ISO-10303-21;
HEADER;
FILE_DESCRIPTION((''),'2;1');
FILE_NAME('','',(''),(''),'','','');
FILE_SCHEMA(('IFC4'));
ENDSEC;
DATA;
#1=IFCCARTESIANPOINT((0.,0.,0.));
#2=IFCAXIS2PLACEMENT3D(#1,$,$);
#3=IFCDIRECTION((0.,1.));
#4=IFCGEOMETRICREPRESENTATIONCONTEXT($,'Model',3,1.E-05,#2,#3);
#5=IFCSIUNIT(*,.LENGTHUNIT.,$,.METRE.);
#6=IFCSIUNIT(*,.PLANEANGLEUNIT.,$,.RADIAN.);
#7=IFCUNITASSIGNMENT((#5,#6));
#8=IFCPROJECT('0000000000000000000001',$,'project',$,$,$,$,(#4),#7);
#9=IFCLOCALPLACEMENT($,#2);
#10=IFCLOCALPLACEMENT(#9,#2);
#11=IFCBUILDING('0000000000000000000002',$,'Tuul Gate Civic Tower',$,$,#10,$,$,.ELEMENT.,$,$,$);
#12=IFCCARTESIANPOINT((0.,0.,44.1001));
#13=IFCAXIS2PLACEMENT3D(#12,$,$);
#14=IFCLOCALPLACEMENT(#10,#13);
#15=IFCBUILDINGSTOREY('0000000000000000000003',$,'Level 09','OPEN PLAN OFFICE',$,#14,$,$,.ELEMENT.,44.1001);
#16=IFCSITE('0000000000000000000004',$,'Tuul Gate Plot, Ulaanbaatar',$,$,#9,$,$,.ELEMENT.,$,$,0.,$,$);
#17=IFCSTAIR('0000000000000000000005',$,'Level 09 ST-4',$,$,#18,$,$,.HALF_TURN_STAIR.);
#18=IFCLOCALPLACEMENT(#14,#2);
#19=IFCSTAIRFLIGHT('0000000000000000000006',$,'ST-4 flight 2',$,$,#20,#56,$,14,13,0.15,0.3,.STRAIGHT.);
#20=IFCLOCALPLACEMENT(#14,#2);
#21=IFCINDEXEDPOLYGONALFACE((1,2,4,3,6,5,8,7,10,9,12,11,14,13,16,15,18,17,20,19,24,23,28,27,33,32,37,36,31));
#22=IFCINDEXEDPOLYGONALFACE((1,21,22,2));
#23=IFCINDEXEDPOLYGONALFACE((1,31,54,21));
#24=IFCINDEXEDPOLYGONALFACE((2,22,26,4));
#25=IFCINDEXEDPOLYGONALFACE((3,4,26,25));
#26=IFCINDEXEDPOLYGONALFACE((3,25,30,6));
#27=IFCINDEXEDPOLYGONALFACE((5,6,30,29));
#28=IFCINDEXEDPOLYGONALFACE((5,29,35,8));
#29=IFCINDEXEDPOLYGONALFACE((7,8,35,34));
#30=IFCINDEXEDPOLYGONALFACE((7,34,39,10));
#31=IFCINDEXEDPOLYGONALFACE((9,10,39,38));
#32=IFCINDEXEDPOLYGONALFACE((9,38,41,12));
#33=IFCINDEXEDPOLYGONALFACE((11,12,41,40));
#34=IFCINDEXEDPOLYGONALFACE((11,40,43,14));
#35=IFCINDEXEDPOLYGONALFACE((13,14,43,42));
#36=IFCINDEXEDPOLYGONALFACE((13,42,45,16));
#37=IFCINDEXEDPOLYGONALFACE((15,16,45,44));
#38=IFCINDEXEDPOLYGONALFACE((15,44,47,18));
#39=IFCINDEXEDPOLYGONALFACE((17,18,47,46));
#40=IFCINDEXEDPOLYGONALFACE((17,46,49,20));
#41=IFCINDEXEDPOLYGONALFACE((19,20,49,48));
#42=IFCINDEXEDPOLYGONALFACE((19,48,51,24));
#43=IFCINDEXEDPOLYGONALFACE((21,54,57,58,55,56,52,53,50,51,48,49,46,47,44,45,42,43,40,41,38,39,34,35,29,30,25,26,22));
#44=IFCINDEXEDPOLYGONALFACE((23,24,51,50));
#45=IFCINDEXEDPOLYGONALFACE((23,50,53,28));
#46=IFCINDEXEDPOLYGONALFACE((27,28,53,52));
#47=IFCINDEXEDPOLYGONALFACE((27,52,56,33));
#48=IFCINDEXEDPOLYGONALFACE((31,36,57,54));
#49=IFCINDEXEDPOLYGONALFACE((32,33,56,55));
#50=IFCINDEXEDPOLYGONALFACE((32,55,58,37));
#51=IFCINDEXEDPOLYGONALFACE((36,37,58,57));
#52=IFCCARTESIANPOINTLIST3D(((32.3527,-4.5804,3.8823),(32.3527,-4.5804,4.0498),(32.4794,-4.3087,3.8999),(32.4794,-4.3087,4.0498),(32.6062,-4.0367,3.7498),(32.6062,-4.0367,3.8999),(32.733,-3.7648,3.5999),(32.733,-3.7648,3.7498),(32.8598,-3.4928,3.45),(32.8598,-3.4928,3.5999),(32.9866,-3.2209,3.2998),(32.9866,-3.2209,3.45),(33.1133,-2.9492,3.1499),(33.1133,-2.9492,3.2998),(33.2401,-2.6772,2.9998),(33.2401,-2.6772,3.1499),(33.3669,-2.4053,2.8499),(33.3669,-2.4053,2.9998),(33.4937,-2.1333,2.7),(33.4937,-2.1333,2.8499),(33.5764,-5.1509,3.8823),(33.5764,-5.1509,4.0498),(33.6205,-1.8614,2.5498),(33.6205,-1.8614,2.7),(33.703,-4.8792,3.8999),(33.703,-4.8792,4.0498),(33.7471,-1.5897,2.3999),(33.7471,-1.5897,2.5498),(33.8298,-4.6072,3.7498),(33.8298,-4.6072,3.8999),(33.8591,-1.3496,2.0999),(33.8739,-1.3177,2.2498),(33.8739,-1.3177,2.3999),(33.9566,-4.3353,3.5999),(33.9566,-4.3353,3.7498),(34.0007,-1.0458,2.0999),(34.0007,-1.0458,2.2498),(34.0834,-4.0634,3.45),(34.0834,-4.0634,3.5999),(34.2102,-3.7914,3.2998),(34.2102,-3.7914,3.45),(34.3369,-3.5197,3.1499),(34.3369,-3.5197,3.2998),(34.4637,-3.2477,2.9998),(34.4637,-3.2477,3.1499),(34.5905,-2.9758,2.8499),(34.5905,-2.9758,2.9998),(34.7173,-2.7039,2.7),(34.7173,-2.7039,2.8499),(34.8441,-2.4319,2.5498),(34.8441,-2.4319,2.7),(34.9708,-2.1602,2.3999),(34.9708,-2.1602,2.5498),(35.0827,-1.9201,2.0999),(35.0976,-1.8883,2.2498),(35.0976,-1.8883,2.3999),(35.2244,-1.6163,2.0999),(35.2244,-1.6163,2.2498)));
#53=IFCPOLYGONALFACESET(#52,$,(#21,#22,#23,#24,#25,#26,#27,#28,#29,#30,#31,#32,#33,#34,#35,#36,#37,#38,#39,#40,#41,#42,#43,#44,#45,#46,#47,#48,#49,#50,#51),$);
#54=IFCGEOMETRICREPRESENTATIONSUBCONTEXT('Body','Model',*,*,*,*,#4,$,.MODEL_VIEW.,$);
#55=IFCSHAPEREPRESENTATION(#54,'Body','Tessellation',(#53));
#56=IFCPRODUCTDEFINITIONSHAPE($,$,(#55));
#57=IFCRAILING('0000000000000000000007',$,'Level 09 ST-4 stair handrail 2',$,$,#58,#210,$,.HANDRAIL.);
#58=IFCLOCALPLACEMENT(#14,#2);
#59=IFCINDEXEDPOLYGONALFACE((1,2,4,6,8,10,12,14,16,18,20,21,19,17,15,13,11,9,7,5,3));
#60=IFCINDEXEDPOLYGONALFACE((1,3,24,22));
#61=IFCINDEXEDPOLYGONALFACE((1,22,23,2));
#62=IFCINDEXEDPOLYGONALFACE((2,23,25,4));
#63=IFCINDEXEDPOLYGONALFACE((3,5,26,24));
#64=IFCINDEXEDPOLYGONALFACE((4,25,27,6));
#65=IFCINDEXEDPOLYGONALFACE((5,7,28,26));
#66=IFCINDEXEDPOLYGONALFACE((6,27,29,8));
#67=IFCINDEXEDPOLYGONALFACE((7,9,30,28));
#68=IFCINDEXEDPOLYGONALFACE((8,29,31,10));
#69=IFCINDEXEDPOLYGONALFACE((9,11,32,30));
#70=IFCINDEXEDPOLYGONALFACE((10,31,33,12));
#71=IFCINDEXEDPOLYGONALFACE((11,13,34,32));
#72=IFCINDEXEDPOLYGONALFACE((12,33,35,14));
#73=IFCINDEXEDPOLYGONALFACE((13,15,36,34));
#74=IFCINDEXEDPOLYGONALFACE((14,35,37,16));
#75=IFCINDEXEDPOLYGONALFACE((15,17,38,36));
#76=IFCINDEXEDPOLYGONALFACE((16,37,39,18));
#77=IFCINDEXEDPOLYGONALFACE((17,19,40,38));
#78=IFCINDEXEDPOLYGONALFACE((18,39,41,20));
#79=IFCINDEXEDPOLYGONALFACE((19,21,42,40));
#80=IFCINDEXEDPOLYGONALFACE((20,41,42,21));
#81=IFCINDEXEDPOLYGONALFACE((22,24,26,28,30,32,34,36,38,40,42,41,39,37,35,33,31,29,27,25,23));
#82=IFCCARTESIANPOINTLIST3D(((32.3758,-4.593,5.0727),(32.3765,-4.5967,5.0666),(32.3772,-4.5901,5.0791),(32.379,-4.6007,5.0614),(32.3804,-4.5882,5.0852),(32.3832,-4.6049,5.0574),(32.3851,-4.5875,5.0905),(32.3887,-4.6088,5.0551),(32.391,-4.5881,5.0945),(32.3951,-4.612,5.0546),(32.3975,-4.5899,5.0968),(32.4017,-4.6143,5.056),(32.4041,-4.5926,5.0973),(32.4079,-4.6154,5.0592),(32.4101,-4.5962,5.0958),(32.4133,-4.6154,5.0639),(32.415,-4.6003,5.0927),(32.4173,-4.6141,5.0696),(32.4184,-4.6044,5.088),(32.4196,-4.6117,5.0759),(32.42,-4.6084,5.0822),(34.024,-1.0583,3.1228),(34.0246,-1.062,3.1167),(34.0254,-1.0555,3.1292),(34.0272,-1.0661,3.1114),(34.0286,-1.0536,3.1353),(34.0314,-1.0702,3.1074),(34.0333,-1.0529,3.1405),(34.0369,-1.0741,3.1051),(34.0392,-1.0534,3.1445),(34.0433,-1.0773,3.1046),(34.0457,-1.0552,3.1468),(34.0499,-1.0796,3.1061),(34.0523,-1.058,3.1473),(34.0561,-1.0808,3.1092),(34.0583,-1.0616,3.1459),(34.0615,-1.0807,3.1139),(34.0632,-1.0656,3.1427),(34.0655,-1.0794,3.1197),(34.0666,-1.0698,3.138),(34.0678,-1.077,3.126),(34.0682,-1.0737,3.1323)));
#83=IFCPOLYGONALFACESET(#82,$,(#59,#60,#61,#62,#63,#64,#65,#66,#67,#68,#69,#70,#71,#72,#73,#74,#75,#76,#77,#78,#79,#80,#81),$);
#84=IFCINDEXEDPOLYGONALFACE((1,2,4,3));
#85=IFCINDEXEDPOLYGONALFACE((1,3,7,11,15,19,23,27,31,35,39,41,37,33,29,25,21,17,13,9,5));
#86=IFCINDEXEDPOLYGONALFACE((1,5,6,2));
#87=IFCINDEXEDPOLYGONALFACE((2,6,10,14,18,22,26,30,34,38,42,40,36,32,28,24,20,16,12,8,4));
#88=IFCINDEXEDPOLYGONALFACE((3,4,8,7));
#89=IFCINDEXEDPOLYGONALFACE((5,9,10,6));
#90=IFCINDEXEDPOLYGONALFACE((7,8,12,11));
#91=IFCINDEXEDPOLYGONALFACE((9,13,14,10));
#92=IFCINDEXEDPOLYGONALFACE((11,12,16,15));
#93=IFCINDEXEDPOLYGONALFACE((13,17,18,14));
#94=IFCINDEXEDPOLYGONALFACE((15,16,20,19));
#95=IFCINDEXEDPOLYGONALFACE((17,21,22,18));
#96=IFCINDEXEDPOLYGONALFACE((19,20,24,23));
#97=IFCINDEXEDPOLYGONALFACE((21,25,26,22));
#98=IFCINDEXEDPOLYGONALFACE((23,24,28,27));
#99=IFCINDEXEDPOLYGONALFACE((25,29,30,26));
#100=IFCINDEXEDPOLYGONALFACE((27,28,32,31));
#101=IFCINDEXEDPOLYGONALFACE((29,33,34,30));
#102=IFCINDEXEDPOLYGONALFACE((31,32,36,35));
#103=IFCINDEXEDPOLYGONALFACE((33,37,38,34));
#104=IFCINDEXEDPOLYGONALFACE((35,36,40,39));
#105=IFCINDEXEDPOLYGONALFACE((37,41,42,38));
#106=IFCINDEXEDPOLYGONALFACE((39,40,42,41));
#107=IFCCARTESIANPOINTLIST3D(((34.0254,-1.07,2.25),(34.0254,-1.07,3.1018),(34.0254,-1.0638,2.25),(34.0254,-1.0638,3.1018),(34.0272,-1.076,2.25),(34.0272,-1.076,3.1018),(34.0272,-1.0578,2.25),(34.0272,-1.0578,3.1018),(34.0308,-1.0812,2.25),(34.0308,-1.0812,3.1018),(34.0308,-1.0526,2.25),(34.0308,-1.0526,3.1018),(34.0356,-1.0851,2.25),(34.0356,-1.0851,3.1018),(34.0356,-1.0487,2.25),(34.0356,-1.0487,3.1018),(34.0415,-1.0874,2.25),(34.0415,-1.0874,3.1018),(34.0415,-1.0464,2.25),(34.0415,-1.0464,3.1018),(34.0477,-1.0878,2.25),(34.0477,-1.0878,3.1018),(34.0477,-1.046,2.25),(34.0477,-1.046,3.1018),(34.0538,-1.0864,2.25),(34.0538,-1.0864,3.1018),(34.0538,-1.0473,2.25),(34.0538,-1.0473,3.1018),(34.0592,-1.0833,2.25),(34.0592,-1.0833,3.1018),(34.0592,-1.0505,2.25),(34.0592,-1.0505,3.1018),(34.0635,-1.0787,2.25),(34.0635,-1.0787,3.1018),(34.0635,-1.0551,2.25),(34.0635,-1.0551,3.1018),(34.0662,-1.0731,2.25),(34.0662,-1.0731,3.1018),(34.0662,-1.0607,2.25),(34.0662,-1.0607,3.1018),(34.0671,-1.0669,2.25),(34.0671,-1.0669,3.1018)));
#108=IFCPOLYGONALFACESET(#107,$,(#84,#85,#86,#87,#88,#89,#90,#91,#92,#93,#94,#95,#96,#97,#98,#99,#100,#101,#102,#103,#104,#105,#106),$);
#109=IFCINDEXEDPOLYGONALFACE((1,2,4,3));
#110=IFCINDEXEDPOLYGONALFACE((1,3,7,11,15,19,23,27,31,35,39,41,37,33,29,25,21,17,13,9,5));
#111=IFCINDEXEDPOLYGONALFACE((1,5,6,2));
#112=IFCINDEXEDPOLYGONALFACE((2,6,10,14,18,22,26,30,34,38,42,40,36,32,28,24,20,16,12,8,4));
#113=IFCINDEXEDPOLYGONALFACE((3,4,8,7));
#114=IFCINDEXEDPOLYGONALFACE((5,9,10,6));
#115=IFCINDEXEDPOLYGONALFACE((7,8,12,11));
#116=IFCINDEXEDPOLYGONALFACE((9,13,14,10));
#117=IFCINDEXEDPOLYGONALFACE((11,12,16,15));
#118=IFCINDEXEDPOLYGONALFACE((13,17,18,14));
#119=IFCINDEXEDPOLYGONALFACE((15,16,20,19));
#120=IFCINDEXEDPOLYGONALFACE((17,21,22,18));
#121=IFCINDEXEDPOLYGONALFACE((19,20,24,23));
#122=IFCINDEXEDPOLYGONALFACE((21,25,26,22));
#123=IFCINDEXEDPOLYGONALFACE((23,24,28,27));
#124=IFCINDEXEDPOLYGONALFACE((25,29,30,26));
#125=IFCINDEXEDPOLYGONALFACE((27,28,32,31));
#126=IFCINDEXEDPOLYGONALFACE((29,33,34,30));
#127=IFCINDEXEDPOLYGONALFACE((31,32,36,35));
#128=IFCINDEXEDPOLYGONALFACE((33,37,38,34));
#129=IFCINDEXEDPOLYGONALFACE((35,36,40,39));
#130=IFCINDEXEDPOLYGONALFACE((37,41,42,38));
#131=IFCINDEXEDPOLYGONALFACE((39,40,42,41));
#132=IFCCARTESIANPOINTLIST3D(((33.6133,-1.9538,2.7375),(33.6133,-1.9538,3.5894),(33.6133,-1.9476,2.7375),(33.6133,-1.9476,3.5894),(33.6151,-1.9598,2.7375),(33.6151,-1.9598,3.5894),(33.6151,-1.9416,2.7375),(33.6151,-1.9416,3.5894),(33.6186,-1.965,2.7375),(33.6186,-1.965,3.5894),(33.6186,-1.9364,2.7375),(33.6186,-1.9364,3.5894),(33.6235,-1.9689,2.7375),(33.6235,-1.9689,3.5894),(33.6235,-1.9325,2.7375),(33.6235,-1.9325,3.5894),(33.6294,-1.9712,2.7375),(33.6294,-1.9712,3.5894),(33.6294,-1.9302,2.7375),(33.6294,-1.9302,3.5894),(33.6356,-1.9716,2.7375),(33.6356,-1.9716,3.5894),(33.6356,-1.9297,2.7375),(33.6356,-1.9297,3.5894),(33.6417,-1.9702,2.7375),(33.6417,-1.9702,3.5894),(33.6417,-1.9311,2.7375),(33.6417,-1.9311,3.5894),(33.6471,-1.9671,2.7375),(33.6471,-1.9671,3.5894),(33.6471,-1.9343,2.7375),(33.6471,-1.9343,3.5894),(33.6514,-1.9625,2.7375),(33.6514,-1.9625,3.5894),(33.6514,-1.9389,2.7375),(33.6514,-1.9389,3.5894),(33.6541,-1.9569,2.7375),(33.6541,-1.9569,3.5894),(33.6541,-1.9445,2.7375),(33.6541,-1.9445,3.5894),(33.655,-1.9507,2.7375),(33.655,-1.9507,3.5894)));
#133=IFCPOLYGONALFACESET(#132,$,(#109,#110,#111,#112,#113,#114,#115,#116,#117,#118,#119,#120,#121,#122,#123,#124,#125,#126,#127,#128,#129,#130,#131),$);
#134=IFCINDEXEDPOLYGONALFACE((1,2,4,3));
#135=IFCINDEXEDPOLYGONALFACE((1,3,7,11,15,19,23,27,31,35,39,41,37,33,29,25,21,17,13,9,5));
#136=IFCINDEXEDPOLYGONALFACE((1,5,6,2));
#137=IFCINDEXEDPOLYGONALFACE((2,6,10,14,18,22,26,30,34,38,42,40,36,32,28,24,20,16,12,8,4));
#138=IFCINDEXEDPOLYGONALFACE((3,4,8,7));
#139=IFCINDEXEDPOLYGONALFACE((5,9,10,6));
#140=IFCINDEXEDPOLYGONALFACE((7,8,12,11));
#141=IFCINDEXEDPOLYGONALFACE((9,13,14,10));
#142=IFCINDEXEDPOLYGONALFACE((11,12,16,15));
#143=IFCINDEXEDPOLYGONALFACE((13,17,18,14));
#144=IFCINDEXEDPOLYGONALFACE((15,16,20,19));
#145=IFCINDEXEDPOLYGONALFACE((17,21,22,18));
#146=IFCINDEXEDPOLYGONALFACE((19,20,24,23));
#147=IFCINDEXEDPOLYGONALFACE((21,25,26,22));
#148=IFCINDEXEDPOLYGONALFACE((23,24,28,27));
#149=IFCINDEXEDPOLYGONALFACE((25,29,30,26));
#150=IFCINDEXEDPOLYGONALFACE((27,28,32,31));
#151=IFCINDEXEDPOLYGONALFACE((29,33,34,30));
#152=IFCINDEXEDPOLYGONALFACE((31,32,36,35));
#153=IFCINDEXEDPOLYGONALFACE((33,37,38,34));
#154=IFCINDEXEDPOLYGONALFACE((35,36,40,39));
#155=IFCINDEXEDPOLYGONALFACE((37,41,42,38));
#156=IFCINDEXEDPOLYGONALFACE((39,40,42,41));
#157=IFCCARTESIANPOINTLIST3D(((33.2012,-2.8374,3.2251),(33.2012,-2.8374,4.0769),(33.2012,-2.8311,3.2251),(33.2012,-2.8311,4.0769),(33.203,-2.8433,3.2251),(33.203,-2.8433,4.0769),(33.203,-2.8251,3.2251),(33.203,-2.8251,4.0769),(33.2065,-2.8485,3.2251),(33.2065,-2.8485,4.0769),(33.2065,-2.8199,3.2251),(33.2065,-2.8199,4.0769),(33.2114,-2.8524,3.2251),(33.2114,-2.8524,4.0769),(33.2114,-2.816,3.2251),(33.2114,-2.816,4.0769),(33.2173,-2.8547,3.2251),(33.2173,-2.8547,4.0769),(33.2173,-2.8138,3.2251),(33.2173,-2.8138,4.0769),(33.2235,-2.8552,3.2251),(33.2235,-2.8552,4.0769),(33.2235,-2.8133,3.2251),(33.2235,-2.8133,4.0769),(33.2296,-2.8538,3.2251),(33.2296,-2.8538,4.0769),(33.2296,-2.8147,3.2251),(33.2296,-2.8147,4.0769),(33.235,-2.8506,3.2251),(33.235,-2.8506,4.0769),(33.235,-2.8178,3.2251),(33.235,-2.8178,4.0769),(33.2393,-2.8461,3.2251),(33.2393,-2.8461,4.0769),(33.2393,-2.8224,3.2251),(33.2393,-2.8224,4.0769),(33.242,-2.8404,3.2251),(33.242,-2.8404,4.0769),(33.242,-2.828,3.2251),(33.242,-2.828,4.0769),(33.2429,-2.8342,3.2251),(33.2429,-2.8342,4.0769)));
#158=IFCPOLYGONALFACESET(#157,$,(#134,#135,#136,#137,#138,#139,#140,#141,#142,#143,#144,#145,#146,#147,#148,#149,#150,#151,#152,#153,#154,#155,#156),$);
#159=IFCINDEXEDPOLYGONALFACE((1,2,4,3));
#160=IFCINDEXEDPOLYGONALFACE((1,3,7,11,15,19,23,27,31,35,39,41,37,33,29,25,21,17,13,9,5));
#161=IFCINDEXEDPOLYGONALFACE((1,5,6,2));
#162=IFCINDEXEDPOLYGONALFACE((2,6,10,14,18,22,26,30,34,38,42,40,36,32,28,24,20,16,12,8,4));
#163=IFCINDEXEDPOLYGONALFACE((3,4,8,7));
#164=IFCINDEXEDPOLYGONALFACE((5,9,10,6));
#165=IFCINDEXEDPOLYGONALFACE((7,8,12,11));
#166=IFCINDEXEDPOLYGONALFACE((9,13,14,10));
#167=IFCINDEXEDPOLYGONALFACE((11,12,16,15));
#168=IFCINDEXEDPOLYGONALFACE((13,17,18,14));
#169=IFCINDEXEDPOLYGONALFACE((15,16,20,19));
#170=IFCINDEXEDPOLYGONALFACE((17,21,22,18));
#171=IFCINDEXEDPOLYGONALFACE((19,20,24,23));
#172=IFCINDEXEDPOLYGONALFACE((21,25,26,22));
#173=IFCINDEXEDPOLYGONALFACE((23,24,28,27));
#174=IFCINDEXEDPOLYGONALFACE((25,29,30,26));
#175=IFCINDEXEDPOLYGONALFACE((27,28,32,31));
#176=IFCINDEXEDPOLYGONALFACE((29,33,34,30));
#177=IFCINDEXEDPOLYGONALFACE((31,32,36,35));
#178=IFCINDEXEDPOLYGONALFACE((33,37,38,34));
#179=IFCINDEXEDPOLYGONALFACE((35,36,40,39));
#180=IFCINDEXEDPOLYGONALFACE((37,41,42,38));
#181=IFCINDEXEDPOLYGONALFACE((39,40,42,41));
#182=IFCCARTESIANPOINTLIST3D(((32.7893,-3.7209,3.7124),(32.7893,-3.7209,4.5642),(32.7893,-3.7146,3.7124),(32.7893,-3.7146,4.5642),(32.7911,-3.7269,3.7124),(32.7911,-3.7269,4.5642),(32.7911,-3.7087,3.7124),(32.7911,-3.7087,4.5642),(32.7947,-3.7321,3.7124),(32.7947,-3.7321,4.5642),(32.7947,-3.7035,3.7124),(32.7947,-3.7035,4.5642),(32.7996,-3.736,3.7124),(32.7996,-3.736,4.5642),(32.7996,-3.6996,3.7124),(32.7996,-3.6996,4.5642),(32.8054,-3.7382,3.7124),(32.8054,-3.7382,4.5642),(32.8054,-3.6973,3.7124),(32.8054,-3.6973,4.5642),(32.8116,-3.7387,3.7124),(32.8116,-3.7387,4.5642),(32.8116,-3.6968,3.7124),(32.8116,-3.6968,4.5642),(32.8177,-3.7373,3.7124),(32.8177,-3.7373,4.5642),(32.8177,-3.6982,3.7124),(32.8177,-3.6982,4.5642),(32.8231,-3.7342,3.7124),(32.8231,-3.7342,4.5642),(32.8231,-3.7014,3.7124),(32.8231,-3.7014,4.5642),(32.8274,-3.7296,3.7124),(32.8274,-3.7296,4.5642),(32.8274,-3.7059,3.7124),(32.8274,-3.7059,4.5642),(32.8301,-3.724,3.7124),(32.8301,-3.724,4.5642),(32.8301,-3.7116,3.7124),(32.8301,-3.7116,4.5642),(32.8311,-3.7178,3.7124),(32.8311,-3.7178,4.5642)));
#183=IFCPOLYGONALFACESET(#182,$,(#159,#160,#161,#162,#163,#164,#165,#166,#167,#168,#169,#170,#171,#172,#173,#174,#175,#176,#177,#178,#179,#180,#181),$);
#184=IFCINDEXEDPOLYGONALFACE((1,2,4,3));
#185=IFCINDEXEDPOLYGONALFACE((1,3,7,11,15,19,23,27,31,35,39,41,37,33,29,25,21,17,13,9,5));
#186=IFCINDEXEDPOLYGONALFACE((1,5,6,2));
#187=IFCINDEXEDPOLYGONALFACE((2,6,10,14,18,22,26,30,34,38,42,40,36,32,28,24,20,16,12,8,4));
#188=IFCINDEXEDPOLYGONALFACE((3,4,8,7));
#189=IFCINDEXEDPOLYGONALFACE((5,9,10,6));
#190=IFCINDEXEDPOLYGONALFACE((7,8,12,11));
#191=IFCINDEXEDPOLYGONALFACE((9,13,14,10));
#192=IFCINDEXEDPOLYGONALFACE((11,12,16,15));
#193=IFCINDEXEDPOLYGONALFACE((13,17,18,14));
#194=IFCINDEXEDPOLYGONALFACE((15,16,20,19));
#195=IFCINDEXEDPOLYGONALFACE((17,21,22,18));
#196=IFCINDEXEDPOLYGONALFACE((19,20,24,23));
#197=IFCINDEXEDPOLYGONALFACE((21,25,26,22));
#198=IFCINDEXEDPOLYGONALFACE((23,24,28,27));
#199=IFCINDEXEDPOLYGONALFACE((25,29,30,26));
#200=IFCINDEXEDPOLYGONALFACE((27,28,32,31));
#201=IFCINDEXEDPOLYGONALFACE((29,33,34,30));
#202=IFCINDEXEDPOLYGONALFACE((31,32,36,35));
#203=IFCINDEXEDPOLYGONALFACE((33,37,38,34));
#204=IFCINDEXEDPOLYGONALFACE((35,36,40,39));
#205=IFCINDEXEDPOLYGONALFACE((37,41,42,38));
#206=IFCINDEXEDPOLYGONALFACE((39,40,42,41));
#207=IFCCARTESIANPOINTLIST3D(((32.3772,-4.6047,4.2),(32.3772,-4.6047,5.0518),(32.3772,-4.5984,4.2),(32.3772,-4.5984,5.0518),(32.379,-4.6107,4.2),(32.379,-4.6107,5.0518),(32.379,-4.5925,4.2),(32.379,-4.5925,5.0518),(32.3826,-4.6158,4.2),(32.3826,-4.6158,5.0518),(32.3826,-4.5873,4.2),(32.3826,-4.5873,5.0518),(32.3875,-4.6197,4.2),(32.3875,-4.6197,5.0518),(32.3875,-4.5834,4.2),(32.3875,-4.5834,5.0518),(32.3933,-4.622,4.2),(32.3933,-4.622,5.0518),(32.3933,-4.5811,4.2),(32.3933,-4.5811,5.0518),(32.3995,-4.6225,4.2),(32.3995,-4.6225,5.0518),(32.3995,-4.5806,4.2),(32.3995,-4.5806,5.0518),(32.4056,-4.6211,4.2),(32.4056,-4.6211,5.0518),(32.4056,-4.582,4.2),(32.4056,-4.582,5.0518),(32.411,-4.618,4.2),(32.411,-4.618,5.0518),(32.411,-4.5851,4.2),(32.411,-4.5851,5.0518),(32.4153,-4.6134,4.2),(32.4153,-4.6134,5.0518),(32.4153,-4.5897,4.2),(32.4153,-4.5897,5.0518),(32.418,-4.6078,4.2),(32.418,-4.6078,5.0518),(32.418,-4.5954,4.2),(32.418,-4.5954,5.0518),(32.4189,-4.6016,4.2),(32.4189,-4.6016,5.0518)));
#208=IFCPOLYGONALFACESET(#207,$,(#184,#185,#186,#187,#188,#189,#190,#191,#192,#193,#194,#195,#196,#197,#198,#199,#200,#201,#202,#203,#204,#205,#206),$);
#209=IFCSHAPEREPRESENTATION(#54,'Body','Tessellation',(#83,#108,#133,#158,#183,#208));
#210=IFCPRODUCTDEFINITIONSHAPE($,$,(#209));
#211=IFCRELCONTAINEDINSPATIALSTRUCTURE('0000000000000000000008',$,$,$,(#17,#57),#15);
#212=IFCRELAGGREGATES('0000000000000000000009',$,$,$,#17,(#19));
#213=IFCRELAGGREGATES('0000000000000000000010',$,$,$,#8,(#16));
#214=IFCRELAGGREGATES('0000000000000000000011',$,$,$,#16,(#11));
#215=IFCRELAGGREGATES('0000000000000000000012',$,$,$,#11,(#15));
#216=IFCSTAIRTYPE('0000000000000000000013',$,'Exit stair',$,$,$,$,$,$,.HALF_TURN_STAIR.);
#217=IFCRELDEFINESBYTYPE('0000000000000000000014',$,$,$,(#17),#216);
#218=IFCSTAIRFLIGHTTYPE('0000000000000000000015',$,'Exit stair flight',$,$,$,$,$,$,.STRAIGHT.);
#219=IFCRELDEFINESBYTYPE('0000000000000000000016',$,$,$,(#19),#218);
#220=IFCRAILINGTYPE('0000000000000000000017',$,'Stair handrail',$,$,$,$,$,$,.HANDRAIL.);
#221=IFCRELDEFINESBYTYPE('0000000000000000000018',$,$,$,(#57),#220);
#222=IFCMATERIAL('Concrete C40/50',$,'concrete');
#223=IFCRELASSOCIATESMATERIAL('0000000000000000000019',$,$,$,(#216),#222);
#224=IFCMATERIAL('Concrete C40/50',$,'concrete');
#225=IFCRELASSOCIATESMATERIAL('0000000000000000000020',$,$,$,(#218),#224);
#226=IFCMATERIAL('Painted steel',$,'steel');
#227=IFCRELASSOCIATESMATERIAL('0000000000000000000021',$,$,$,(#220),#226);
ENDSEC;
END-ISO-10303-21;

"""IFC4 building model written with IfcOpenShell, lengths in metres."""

from ifc_helpers import new_model, si_unit, direction, frame, origin, origin_2d, place, context, subcontext, project, spatial, polyline, circle, outline, extrude, material, type_object, element, aggregate, save


model = new_model("IFC4")

# Units and contexts
model_context = context("Model", 3, precision=1e-05, world=origin(), true_north=direction((0.0, 1.0)))
body_context = subcontext(model_context, "Body", "Model", "MODEL_VIEW")
ifc_project = project(units=[si_unit("LENGTHUNIT", "METRE"), si_unit("PLANEANGLEUNIT", "RADIAN")], contexts=[model_context])

# Site, building, storey
site_placement = place(None, origin())
site = spatial("IfcSite", under=ifc_project, at=site_placement, Name="Tuul Gate Plot, Ulaanbaatar", CompositionType="ELEMENT", RefElevation=0.0)
building_placement = place(site_placement, origin())
building = spatial("IfcBuilding", under=site, at=building_placement, Name="Tuul Gate Civic Tower", CompositionType="ELEMENT")
storey_placement = place(building_placement, frame((0.0, 0.0, 44.1001)))
storey = spatial("IfcBuildingStorey", under=building, at=storey_placement, Name="Level 09", Description="OPEN PLAN OFFICE", CompositionType="ELEMENT", Elevation=44.1001)

# Stair, stair flight
ifc_material_1 = material(Name="Concrete C40/50", Category="concrete")
stair_type = type_object("IfcStairType", Name="Exit stair", PredefinedType="HALF_TURN_STAIR", material=ifc_material_1)
stair_placement = place(storey_placement, origin())
stair = element("IfcStair", 1, at=stair_placement, inside=storey, type_object=stair_type, Name="Level 09 ST-4", PredefinedType="HALF_TURN_STAIR")
ifc_material_2 = material(Name="Concrete C40/50", Category="concrete")
stair_flight_type = type_object("IfcStairFlightType", Name="Exit stair flight", PredefinedType="STRAIGHT", material=ifc_material_2)
stair_flight_placement = place(storey_placement, frame((34.6125, -1.3311, 2.0999), z_axis=(0.0, 0.0, 1.0), x_axis=(-0.422576, -0.906327, 0.0)))
stair_flight = element("IfcStairFlight", 2, at=stair_flight_placement, type_object=stair_flight_type, Name="ST-4 flight 2", NumberOfRisers=14, NumberOfTreads=13, PredefinedType="STRAIGHT", RiserHeight=0.15, TreadLength=0.3, context=body_context, shape_type="SweptSolid", body=[
    extrude(outline(polyline([(0.0, 0.0), (0.0, 0.1499), (0.3, 0.1499), (0.3, 0.3), (0.6001, 0.3), (0.6001, 0.45), (0.8999, 0.45), (0.8999, 0.6001), (1.2, 0.6001), (1.2, 0.75), (1.5, 0.75), (1.5, 0.8999), (1.8, 0.8999), (1.8, 1.05), (2.1001, 1.05), (2.1001, 1.2), (2.3999, 1.2), (2.3999, 1.3501), (2.7, 1.3501), (2.7, 1.5), (3.0, 1.5), (3.0, 1.6499), (3.3, 1.6499), (3.3, 1.8), (3.6001, 1.8), (3.6001, 1.95), (3.8999, 1.95), (3.8999, 2.1001), (3.8999, 1.7825), (0.3352, 0.0), (0.0, 0.0)])), frame((0.0, 0.675, 0.0), z_axis=(0.0, -1.0, 0.0), x_axis=(1.0, 0.0, 0.0)), (0.0, 0.0, 1.0), 1.3501),
])
aggregate(stair, [stair_flight])

# Railing
ifc_material_3 = material(Name="Painted steel", Category="steel")
railing_type_1 = type_object("IfcRailingType", Name="Stair handrail", PredefinedType="HANDRAIL", material=ifc_material_3)
railing_1_placement = place(storey_placement, frame((34.0461, -1.0669, 2.25)))
element("IfcRailing", 3, at=railing_1_placement, inside=storey, type_object=railing_type_1, Name="Level 09 ST-4 stair handrail 2", PredefinedType="HANDRAIL", context=body_context, shape_type="SweptSolid", body=[
    extrude(circle(Radius=0.0239, at=origin_2d()), frame((0.0, 0.0, 0.876), z_axis=(-0.377995, -0.810637, 0.4472), x_axis=(0.906313, -0.422608, 0.0)), (0.0, 0.0, 1.0), 4.3604),
    extrude(circle(Radius=0.021, at=origin_2d()), origin(), (0.0, 0.0, 1.0), 0.8518),
    extrude(circle(Radius=0.021, at=origin_2d()), frame((-0.4121, -0.8838, 0.4875)), (0.0, 0.0, 1.0), 0.8518),
    extrude(circle(Radius=0.021, at=origin_2d()), frame((-0.8242, -1.7673, 0.9751)), (0.0, 0.0, 1.0), 0.8518),
    extrude(circle(Radius=0.021, at=origin_2d()), frame((-1.2361, -2.6509, 1.4624)), (0.0, 0.0, 1.0), 0.8518),
    extrude(circle(Radius=0.021, at=origin_2d()), frame((-1.6482, -3.5347, 1.95)), (0.0, 0.0, 1.0), 0.8518),
])

save(model, "model.ifc")
